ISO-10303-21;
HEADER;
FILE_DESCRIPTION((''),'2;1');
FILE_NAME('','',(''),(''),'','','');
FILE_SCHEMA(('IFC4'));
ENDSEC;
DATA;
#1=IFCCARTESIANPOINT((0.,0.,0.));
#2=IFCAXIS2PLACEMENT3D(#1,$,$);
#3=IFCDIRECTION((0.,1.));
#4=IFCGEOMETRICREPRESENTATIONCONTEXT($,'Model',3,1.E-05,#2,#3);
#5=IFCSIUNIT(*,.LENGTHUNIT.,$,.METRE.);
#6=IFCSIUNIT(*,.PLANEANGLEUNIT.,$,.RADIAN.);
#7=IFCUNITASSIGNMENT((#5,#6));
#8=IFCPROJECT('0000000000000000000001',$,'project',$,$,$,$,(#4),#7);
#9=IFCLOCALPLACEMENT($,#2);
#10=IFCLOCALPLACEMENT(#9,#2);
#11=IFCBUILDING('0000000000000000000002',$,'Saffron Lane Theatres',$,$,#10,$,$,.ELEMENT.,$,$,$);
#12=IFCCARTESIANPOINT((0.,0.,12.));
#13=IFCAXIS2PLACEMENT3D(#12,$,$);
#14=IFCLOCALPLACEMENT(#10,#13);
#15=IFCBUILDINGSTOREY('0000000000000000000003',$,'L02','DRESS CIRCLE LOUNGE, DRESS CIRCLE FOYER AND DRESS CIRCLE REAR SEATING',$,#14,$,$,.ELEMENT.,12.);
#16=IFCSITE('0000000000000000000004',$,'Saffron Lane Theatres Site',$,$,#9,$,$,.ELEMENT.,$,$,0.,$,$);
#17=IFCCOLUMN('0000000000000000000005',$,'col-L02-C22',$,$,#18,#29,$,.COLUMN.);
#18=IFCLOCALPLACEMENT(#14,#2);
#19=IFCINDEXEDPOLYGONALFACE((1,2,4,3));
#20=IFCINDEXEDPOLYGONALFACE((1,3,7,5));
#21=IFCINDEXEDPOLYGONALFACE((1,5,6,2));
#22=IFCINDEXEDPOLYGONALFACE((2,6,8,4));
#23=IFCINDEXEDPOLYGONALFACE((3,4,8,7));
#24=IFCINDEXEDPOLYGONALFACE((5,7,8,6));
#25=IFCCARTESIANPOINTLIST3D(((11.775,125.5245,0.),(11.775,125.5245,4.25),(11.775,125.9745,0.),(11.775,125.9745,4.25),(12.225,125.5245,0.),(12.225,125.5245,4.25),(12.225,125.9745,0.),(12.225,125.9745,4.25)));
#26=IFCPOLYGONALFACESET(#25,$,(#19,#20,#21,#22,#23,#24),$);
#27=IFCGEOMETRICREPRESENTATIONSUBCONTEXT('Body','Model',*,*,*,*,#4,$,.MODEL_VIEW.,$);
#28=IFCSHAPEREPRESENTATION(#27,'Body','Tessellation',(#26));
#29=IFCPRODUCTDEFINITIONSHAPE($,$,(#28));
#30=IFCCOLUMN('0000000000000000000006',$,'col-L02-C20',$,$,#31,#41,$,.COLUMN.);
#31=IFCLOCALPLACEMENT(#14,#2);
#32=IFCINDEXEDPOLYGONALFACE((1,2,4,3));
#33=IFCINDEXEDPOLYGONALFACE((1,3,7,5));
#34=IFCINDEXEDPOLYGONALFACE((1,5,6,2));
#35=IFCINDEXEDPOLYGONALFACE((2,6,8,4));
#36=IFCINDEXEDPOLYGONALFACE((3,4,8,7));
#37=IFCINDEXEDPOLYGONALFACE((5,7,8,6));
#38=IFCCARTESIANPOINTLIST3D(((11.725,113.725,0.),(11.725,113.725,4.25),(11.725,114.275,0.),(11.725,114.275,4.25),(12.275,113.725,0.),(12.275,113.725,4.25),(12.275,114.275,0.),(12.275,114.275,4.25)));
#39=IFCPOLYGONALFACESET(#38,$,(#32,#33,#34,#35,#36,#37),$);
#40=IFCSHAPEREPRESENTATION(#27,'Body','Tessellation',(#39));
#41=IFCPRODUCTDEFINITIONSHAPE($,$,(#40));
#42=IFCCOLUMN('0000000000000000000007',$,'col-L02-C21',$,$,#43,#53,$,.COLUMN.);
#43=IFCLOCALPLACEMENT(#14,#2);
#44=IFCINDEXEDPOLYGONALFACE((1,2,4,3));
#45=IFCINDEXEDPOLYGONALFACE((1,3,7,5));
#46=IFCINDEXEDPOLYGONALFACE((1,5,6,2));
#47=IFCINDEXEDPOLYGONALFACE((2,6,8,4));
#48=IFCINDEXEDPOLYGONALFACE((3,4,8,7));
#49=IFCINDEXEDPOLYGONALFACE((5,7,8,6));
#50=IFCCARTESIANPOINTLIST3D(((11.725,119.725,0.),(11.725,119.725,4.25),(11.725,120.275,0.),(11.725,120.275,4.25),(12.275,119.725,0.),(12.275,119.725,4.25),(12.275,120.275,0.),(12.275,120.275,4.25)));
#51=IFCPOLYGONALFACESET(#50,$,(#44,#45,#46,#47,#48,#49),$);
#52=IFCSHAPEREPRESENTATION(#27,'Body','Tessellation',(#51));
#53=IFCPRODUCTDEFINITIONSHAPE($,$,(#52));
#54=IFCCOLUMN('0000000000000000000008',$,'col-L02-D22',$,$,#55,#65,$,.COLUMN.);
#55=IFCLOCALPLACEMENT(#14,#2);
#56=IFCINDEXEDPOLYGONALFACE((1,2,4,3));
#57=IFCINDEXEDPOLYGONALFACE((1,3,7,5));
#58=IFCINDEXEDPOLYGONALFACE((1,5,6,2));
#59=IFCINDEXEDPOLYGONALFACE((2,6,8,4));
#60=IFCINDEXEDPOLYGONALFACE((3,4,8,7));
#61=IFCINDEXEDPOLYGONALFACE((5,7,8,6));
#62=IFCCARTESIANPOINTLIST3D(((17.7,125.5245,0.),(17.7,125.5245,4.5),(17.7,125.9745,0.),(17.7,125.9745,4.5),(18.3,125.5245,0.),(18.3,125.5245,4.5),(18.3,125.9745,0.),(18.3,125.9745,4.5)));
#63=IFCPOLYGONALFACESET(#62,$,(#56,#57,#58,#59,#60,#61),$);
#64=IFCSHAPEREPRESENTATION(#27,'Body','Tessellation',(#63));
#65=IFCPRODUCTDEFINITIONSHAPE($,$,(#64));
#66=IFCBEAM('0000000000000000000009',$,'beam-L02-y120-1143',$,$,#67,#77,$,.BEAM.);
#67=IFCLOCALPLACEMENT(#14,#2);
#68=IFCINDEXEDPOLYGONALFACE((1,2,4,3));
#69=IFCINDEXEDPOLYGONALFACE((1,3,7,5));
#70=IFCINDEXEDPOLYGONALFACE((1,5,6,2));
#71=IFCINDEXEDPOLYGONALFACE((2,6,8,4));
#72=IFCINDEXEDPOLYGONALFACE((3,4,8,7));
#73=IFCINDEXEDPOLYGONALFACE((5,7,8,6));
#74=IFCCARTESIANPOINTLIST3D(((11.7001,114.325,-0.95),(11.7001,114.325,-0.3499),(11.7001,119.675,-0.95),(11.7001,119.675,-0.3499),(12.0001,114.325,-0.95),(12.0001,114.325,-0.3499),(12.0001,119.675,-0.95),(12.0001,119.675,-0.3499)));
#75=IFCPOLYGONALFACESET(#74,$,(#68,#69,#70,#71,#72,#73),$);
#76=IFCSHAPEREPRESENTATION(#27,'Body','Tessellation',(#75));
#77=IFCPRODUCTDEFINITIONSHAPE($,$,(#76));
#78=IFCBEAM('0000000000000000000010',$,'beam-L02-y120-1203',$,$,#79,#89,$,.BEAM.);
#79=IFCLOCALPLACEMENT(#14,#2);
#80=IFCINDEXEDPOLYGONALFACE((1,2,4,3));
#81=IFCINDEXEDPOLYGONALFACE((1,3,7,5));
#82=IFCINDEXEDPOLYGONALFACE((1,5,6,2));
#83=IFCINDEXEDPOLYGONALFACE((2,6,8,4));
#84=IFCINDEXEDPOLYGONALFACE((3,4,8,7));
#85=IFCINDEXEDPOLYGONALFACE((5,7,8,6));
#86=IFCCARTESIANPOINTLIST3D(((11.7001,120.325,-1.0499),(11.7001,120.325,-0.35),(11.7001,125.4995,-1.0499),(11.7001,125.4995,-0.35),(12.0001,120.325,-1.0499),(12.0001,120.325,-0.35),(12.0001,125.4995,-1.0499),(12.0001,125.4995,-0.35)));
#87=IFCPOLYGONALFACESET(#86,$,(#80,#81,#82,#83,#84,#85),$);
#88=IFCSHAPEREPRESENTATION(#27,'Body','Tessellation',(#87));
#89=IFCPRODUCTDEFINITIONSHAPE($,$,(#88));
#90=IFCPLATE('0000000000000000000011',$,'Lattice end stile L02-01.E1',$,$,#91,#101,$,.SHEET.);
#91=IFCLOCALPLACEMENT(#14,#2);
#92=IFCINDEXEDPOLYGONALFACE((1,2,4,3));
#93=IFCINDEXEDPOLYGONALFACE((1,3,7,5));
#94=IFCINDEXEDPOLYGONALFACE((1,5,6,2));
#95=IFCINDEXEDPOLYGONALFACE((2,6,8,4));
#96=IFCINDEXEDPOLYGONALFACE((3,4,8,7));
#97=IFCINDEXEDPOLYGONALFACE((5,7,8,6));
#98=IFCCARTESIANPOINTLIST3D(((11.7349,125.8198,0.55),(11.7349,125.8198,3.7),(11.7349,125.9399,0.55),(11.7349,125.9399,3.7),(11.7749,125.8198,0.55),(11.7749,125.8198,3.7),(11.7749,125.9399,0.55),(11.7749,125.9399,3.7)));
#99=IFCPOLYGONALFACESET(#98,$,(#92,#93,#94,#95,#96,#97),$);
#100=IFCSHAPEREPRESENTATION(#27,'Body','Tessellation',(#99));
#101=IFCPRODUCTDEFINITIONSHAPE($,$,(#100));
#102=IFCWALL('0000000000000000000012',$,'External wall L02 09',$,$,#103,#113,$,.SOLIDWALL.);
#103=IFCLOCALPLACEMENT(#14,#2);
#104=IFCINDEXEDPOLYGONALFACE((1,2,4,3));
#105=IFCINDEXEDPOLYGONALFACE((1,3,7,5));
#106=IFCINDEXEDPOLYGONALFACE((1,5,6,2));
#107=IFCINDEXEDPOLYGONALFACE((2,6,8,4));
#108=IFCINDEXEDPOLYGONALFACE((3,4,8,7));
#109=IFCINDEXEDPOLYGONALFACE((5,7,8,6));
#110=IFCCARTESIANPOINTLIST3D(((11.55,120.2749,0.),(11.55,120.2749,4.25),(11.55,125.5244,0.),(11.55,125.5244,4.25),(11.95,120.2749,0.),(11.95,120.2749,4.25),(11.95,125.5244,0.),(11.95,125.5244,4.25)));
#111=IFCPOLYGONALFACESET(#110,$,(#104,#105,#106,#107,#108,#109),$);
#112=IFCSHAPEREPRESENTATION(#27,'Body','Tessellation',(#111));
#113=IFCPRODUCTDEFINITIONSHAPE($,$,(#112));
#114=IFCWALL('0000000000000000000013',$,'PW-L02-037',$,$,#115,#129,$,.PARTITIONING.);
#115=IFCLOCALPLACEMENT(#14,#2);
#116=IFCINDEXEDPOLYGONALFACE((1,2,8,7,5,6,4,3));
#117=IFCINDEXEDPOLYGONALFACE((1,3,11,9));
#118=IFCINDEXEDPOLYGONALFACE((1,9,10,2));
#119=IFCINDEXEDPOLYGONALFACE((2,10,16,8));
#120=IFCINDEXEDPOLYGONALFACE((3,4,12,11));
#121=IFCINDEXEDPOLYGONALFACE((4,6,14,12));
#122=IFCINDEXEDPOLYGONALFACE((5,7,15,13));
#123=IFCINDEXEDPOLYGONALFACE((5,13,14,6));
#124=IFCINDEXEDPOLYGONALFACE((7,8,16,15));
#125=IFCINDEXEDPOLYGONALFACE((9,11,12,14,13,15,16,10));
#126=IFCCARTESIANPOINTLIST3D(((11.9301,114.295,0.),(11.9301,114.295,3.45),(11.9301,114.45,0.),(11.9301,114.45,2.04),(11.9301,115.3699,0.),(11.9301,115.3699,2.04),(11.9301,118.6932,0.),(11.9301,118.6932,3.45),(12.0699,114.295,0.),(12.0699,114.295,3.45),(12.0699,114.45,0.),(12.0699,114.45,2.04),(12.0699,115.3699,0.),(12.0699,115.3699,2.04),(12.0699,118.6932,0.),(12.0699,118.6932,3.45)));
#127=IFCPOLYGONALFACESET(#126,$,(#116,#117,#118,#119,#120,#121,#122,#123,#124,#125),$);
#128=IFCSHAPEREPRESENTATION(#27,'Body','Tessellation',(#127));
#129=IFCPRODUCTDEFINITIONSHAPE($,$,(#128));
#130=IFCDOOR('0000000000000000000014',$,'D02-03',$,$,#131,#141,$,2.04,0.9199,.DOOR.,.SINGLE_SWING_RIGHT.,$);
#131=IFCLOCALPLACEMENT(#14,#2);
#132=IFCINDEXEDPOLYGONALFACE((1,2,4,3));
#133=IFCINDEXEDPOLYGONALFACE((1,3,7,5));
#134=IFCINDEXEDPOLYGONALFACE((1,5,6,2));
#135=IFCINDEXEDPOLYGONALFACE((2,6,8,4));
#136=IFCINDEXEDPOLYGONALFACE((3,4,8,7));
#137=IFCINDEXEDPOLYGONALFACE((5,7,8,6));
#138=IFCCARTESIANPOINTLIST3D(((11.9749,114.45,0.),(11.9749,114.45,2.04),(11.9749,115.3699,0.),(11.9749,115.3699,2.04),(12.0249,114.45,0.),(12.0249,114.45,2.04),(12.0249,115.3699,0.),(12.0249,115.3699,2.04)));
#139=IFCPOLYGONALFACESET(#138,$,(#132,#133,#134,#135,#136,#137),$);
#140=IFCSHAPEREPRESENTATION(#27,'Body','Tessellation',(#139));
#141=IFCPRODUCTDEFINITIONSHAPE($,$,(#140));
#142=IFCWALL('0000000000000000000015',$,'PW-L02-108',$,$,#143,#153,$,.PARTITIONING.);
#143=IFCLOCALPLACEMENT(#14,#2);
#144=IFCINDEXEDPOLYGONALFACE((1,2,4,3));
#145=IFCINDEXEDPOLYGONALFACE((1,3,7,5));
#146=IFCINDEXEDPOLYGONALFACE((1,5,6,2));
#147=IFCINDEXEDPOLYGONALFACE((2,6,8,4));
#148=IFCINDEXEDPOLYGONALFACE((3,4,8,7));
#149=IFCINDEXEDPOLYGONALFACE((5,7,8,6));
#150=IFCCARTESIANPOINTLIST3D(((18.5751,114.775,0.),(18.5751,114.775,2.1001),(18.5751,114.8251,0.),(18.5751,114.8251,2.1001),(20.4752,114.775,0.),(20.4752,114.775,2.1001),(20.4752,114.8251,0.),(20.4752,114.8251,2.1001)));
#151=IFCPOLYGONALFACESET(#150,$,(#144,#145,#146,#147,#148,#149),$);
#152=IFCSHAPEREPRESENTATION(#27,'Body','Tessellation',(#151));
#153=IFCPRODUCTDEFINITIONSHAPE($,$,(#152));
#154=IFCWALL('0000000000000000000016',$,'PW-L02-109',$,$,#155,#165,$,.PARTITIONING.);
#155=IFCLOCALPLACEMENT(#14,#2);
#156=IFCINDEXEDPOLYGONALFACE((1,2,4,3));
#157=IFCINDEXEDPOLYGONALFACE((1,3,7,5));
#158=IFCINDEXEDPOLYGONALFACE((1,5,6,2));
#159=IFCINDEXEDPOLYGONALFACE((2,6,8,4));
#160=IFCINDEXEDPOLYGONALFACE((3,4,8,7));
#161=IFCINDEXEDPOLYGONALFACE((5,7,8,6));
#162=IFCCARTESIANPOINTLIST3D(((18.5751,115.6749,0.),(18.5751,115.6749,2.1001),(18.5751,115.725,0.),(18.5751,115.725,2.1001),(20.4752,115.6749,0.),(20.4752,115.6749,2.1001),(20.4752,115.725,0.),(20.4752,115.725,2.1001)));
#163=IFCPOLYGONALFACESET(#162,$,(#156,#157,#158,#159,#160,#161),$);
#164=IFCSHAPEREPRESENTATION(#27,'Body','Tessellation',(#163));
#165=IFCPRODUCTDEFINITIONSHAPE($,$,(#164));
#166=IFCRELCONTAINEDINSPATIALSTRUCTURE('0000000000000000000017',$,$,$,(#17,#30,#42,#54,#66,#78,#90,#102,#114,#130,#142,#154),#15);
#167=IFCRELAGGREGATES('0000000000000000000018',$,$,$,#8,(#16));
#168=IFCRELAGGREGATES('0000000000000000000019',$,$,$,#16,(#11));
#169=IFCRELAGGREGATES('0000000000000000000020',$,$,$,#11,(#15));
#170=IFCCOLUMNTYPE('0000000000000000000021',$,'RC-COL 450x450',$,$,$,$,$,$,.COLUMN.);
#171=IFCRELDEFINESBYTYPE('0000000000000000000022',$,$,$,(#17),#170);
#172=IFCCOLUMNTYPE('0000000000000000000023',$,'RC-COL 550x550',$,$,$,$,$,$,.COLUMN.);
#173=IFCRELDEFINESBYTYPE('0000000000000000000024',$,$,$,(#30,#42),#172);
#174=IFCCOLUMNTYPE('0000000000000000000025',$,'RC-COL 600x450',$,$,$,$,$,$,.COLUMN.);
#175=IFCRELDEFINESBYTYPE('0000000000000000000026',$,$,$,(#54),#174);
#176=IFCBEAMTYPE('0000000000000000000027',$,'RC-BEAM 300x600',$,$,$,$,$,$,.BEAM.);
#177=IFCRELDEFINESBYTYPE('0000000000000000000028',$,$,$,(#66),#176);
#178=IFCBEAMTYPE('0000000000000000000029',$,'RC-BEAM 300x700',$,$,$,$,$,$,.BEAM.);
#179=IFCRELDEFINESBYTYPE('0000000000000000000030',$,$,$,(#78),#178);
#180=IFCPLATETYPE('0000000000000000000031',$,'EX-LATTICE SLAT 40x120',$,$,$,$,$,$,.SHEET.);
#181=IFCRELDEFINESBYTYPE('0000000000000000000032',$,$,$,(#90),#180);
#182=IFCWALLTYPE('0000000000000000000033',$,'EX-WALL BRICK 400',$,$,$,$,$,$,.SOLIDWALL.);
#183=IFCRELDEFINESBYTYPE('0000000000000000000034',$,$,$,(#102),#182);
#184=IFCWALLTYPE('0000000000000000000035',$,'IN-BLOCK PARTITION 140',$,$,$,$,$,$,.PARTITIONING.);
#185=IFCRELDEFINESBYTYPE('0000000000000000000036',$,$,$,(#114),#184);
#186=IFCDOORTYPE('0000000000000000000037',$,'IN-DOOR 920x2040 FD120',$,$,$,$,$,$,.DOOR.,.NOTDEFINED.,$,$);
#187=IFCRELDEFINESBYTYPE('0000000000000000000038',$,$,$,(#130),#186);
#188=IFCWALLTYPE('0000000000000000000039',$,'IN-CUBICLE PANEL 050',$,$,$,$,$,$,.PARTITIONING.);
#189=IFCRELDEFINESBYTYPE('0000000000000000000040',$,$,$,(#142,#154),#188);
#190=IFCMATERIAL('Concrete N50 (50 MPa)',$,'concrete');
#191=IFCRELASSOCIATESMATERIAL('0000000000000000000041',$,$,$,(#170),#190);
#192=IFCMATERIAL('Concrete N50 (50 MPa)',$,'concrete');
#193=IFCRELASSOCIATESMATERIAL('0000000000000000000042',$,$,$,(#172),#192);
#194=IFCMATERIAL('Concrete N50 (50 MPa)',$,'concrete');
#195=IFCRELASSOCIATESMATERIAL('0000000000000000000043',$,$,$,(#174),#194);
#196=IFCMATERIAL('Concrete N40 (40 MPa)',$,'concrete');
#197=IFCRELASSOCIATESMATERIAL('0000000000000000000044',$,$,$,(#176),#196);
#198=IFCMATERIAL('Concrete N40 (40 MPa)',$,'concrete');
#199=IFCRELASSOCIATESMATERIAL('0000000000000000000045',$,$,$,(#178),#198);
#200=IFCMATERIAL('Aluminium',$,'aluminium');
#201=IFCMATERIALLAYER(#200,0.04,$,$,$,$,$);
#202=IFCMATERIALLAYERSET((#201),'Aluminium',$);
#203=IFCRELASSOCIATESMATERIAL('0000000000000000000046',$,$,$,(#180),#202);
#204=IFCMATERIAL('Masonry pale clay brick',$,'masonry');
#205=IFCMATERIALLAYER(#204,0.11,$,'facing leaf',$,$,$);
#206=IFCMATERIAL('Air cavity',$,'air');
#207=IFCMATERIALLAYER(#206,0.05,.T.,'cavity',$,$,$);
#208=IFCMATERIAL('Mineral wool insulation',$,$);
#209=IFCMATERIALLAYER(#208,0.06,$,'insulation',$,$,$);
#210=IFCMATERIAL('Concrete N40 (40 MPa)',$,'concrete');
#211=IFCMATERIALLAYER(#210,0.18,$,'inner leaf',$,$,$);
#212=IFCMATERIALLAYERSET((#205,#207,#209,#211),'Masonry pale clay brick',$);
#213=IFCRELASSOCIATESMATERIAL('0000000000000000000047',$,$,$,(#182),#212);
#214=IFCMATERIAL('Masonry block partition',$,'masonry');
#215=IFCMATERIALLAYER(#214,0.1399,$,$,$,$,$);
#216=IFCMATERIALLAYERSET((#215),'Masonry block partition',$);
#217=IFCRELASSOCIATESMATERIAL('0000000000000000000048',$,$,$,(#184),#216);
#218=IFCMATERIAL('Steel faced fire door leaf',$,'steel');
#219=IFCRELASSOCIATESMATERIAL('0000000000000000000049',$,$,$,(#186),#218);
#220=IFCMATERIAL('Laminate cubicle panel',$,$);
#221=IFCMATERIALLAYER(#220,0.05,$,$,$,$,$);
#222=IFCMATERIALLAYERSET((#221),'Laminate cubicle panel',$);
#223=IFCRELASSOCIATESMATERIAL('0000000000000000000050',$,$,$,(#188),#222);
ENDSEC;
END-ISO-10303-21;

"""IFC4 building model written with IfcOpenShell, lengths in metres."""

from ifc_helpers import new_model, si_unit, direction, frame, frame_2d, origin, origin_2d, place, context, subcontext, project, spatial, rectangle, extrude, material, layer, layer_set, material_profile, profile_set, type_object, element, fill, save


model = new_model("IFC4")

# Units and contexts
model_context = context("Model", 3, precision=1e-05, world=origin(), true_north=direction((0.0, 1.0)))
body_context = subcontext(model_context, "Body", "Model", "MODEL_VIEW")
ifc_project = project(units=[si_unit("LENGTHUNIT", "METRE"), si_unit("PLANEANGLEUNIT", "RADIAN")], contexts=[model_context])

# Site, building, storey
site_placement = place(None, origin())
site = spatial("IfcSite", under=ifc_project, at=site_placement, Name="Saffron Lane Theatres Site", CompositionType="ELEMENT", RefElevation=0.0)
building_placement = place(site_placement, origin())
building = spatial("IfcBuilding", under=site, at=building_placement, Name="Saffron Lane Theatres", CompositionType="ELEMENT")
storey_placement = place(building_placement, frame((0.0, 0.0, 12.0)))
storey = spatial("IfcBuildingStorey", under=building, at=storey_placement, Name="L02", Description="DRESS CIRCLE LOUNGE, DRESS CIRCLE FOYER AND DRESS CIRCLE REAR SEATING", CompositionType="ELEMENT", Elevation=12.0)

# Columns
ifc_material_1 = material(Name="Concrete N50 (50 MPa)", Category="concrete")
ifc_material_profile_1 = material_profile(ifc_material_1, rectangle(XDim=0.45, YDim=0.45, at=origin_2d()))
ifc_profile_set_1 = profile_set([ifc_material_profile_1], Name="Concrete N50 (50 MPa)")
column_type_1 = type_object("IfcColumnType", Name="RC-COL 450x450", PredefinedType="COLUMN", material=ifc_profile_set_1)
column_1_placement = place(storey_placement, frame((12.0, 125.7495, 0.0), z_axis=(0.0, 0.0, 1.0), x_axis=(1.0, 0.0, 0.0)))
element("IfcColumn", 1, at=column_1_placement, inside=storey, type_object=column_type_1, Name="col-L02-C22", PredefinedType="COLUMN", context=body_context, shape_type="SweptSolid", body=[
    extrude(rectangle(XDim=0.45, YDim=0.45, at=origin_2d()), origin(), (0.0, 0.0, 1.0), 4.25),
])
ifc_material_2 = material(Name="Concrete N50 (50 MPa)", Category="concrete")
ifc_material_profile_2 = material_profile(ifc_material_2, rectangle(XDim=0.55, YDim=0.55, at=origin_2d()))
ifc_profile_set_2 = profile_set([ifc_material_profile_2], Name="Concrete N50 (50 MPa)")
column_type_2 = type_object("IfcColumnType", Name="RC-COL 550x550", PredefinedType="COLUMN", material=ifc_profile_set_2)
for number, where, z_axis, x_axis, name in (
    (2, (12.0, 114.0, 0.0), (0.0, 0.0, 1.0), (1.0, 0.0, 0.0), "col-L02-C20"),
    (3, (12.0, 120.0, 0.0), (0.0, 0.0, 1.0), (1.0, 0.0, 0.0), "col-L02-C21"),
):
    element("IfcColumn", number, at=place(storey_placement, frame(where, z_axis=z_axis, x_axis=x_axis)), inside=storey, type_object=column_type_2, Name=name, PredefinedType="COLUMN", context=body_context, shape_type="SweptSolid", body=[
        extrude(rectangle(XDim=0.55, YDim=0.55, at=origin_2d()), origin(), (0.0, 0.0, 1.0), 4.25),
    ])
ifc_material_3 = material(Name="Concrete N50 (50 MPa)", Category="concrete")
ifc_material_profile_3 = material_profile(ifc_material_3, rectangle(XDim=0.6001, YDim=0.45, at=origin_2d()))
ifc_profile_set_3 = profile_set([ifc_material_profile_3], Name="Concrete N50 (50 MPa)")
column_type_3 = type_object("IfcColumnType", Name="RC-COL 600x450", PredefinedType="COLUMN", material=ifc_profile_set_3)
column_2_placement = place(storey_placement, frame((18.0, 125.7495, 0.0), z_axis=(0.0, 0.0, 1.0), x_axis=(1.0, 0.0, 0.0)))
element("IfcColumn", 4, at=column_2_placement, inside=storey, type_object=column_type_3, Name="col-L02-D22", PredefinedType="COLUMN", context=body_context, shape_type="SweptSolid", body=[
    extrude(rectangle(XDim=0.6001, YDim=0.45, at=origin_2d()), origin(), (0.0, 0.0, 1.0), 4.5),
])

# Beams
ifc_material_4 = material(Name="Concrete N40 (40 MPa)", Category="concrete")
ifc_material_profile_4 = material_profile(ifc_material_4, rectangle(XDim=0.3, YDim=0.6001, at=origin_2d()))
ifc_profile_set_4 = profile_set([ifc_material_profile_4], Name="Concrete N40 (40 MPa)")
beam_type_1 = type_object("IfcBeamType", Name="RC-BEAM 300x600", PredefinedType="BEAM", material=ifc_profile_set_4)
beam_1_placement = place(storey_placement, frame((11.8501, 114.325, -0.6499), z_axis=(0.0, 1.0, 0.0), x_axis=(-1.0, 0.0, 0.0)))
element("IfcBeam", 5, at=beam_1_placement, inside=storey, type_object=beam_type_1, Name="beam-L02-y120-1143", PredefinedType="BEAM", context=body_context, shape_type="SweptSolid", body=[
    extrude(rectangle(XDim=0.3, YDim=0.6001, at=origin_2d()), origin(), (0.0, 0.0, 1.0), 5.3501),
])
ifc_material_5 = material(Name="Concrete N40 (40 MPa)", Category="concrete")
ifc_material_profile_5 = material_profile(ifc_material_5, rectangle(XDim=0.3, YDim=0.7, at=origin_2d()))
ifc_profile_set_5 = profile_set([ifc_material_profile_5], Name="Concrete N40 (40 MPa)")
beam_type_2 = type_object("IfcBeamType", Name="RC-BEAM 300x700", PredefinedType="BEAM", material=ifc_profile_set_5)
beam_2_placement = place(storey_placement, frame((11.8501, 120.325, -0.7), z_axis=(0.0, 1.0, 0.0), x_axis=(-1.0, 0.0, 0.0)))
element("IfcBeam", 6, at=beam_2_placement, inside=storey, type_object=beam_type_2, Name="beam-L02-y120-1203", PredefinedType="BEAM", context=body_context, shape_type="SweptSolid", body=[
    extrude(rectangle(XDim=0.3, YDim=0.7, at=origin_2d()), origin(), (0.0, 0.0, 1.0), 5.1746),
])

# Plate
ifc_material_6 = material(Name="Aluminium", Category="aluminium")
ifc_layer_1 = layer(ifc_material_6, 0.04)
ifc_layer_set_1 = layer_set([ifc_layer_1], Name="Aluminium")
plate_type = type_object("IfcPlateType", Name="EX-LATTICE SLAT 40x120", PredefinedType="SHEET", material=ifc_layer_set_1)
plate_placement = place(storey_placement, frame((11.7549, 125.8799, 0.55), z_axis=(0.0, 0.0, 1.0), x_axis=(1.0, 0.0, 0.0)))
element("IfcPlate", 7, at=plate_placement, inside=storey, type_object=plate_type, Name="Lattice end stile L02-01.E1", PredefinedType="SHEET", context=body_context, shape_type="SweptSolid", body=[
    extrude(rectangle(XDim=0.04, YDim=0.1201, at=origin_2d()), origin(), (0.0, 0.0, 1.0), 3.1499),
])

# Wall
ifc_material_7 = material(Name="Masonry pale clay brick", Category="masonry")
ifc_layer_2 = layer(ifc_material_7, 0.11, Name="facing leaf")
ifc_material_8 = material(Name="Air cavity", Category="air")
ifc_layer_3 = layer(ifc_material_8, 0.05, ventilated=True, Name="cavity")
ifc_material_9 = material(Name="Mineral wool insulation")
ifc_layer_4 = layer(ifc_material_9, 0.06, Name="insulation")
ifc_material_10 = material(Name="Concrete N40 (40 MPa)", Category="concrete")
ifc_layer_5 = layer(ifc_material_10, 0.18, Name="inner leaf")
ifc_layer_set_2 = layer_set([ifc_layer_2, ifc_layer_3, ifc_layer_4, ifc_layer_5], Name="Masonry pale clay brick")
wall_type_1 = type_object("IfcWallType", Name="EX-WALL BRICK 400", PredefinedType="SOLIDWALL", material=ifc_layer_set_2)
wall_1_placement = place(storey_placement, frame((11.75, 125.5244, 0.0), z_axis=(0.0, 0.0, 1.0), x_axis=(0.0, -1.0, 0.0)))
element("IfcWall", 8, at=wall_1_placement, inside=storey, type_object=wall_type_1, Name="External wall L02 09", PredefinedType="SOLIDWALL", context=body_context, shape_type="SweptSolid", body=[
    extrude(rectangle(XDim=5.2495, YDim=0.3999, at=frame_2d((2.6248, 0.0))), origin(), (0.0, 0.0, 1.0), 4.25),
])

# Wall, opening, door
ifc_material_11 = material(Name="Masonry block partition", Category="masonry")
ifc_layer_6 = layer(ifc_material_11, 0.1399)
ifc_layer_set_3 = layer_set([ifc_layer_6], Name="Masonry block partition")
wall_type_2 = type_object("IfcWallType", Name="IN-BLOCK PARTITION 140", PredefinedType="PARTITIONING", material=ifc_layer_set_3)
wall_2_placement = place(storey_placement, frame((12.0, 114.2949, 0.0), z_axis=(0.0, 0.0, 1.0), x_axis=(0.0, 1.0, 0.0)))
wall_2 = element("IfcWall", 9, at=wall_2_placement, inside=storey, type_object=wall_type_2, Name="PW-L02-037", PredefinedType="PARTITIONING", context=body_context, shape_type="SweptSolid", body=[
    extrude(rectangle(XDim=4.3982, YDim=0.1399, at=frame_2d((2.1992, 0.0))), origin(), (0.0, 0.0, 1.0), 3.45),
])
opening_placement = place(wall_2_placement, frame((0.155, 0.0, 0.0)))
opening = element("IfcOpeningElement", 10, at=opening_placement, cuts=wall_2, PredefinedType="OPENING", context=body_context, shape_type="SweptSolid", body=[
    extrude(rectangle(XDim=0.9199, YDim=2.04, at=frame_2d((0.46, 1.02))), frame((0.0, 0.0801, 0.0), z_axis=(0.0, -1.0, 0.0), x_axis=(1.0, 0.0, 0.0)), (0.0, 0.0, 1.0), 0.1599),
])
ifc_material_12 = material(Name="Steel faced fire door leaf", Category="steel")
door_type = type_object("IfcDoorType", Name="IN-DOOR 920x2040 FD120", OperationType="NOTDEFINED", PredefinedType="DOOR", material=ifc_material_12)
door_placement = place(opening_placement, frame((0.9199, 0.0, 0.0), z_axis=(0.0, 0.0, 1.0), x_axis=(-1.0, 0.0, 0.0)))
door = element("IfcDoor", 11, at=door_placement, inside=storey, type_object=door_type, Name="D02-03", OperationType="SINGLE_SWING_RIGHT", OverallHeight=2.04, OverallWidth=0.9199, PredefinedType="DOOR", context=body_context, shape_type="SweptSolid", body=[
    extrude(rectangle(XDim=0.9199, YDim=2.04, at=frame_2d((0.46, 1.02))), frame((0.0, 0.0249, 0.0), z_axis=(0.0, -1.0, 0.0), x_axis=(1.0, 0.0, 0.0)), (0.0, 0.0, 1.0), 0.05),
])
fill(opening, door)

# Walls
ifc_material_13 = material(Name="Laminate cubicle panel")
ifc_layer_7 = layer(ifc_material_13, 0.05)
ifc_layer_set_4 = layer_set([ifc_layer_7], Name="Laminate cubicle panel")
wall_type_3 = type_object("IfcWallType", Name="IN-CUBICLE PANEL 050", PredefinedType="PARTITIONING", material=ifc_layer_set_4)
for number, where, z_axis, x_axis, name in (
    (12, (18.575, 114.8, 0.0), (0.0, 0.0, 1.0), (1.0, 0.0, 0.0), "PW-L02-108"),
    (13, (18.575, 115.7, 0.0), (0.0, 0.0, 1.0), (1.0, 0.0, 0.0), "PW-L02-109"),
):
    element("IfcWall", number, at=place(storey_placement, frame(where, z_axis=z_axis, x_axis=x_axis)), inside=storey, type_object=wall_type_3, Name=name, PredefinedType="PARTITIONING", context=body_context, shape_type="SweptSolid", body=[
        extrude(rectangle(XDim=1.9001, YDim=0.05, at=frame_2d((0.9502, 0.0))), origin(), (0.0, 0.0, 1.0), 2.1001),
    ])

save(model, "model.ifc")
